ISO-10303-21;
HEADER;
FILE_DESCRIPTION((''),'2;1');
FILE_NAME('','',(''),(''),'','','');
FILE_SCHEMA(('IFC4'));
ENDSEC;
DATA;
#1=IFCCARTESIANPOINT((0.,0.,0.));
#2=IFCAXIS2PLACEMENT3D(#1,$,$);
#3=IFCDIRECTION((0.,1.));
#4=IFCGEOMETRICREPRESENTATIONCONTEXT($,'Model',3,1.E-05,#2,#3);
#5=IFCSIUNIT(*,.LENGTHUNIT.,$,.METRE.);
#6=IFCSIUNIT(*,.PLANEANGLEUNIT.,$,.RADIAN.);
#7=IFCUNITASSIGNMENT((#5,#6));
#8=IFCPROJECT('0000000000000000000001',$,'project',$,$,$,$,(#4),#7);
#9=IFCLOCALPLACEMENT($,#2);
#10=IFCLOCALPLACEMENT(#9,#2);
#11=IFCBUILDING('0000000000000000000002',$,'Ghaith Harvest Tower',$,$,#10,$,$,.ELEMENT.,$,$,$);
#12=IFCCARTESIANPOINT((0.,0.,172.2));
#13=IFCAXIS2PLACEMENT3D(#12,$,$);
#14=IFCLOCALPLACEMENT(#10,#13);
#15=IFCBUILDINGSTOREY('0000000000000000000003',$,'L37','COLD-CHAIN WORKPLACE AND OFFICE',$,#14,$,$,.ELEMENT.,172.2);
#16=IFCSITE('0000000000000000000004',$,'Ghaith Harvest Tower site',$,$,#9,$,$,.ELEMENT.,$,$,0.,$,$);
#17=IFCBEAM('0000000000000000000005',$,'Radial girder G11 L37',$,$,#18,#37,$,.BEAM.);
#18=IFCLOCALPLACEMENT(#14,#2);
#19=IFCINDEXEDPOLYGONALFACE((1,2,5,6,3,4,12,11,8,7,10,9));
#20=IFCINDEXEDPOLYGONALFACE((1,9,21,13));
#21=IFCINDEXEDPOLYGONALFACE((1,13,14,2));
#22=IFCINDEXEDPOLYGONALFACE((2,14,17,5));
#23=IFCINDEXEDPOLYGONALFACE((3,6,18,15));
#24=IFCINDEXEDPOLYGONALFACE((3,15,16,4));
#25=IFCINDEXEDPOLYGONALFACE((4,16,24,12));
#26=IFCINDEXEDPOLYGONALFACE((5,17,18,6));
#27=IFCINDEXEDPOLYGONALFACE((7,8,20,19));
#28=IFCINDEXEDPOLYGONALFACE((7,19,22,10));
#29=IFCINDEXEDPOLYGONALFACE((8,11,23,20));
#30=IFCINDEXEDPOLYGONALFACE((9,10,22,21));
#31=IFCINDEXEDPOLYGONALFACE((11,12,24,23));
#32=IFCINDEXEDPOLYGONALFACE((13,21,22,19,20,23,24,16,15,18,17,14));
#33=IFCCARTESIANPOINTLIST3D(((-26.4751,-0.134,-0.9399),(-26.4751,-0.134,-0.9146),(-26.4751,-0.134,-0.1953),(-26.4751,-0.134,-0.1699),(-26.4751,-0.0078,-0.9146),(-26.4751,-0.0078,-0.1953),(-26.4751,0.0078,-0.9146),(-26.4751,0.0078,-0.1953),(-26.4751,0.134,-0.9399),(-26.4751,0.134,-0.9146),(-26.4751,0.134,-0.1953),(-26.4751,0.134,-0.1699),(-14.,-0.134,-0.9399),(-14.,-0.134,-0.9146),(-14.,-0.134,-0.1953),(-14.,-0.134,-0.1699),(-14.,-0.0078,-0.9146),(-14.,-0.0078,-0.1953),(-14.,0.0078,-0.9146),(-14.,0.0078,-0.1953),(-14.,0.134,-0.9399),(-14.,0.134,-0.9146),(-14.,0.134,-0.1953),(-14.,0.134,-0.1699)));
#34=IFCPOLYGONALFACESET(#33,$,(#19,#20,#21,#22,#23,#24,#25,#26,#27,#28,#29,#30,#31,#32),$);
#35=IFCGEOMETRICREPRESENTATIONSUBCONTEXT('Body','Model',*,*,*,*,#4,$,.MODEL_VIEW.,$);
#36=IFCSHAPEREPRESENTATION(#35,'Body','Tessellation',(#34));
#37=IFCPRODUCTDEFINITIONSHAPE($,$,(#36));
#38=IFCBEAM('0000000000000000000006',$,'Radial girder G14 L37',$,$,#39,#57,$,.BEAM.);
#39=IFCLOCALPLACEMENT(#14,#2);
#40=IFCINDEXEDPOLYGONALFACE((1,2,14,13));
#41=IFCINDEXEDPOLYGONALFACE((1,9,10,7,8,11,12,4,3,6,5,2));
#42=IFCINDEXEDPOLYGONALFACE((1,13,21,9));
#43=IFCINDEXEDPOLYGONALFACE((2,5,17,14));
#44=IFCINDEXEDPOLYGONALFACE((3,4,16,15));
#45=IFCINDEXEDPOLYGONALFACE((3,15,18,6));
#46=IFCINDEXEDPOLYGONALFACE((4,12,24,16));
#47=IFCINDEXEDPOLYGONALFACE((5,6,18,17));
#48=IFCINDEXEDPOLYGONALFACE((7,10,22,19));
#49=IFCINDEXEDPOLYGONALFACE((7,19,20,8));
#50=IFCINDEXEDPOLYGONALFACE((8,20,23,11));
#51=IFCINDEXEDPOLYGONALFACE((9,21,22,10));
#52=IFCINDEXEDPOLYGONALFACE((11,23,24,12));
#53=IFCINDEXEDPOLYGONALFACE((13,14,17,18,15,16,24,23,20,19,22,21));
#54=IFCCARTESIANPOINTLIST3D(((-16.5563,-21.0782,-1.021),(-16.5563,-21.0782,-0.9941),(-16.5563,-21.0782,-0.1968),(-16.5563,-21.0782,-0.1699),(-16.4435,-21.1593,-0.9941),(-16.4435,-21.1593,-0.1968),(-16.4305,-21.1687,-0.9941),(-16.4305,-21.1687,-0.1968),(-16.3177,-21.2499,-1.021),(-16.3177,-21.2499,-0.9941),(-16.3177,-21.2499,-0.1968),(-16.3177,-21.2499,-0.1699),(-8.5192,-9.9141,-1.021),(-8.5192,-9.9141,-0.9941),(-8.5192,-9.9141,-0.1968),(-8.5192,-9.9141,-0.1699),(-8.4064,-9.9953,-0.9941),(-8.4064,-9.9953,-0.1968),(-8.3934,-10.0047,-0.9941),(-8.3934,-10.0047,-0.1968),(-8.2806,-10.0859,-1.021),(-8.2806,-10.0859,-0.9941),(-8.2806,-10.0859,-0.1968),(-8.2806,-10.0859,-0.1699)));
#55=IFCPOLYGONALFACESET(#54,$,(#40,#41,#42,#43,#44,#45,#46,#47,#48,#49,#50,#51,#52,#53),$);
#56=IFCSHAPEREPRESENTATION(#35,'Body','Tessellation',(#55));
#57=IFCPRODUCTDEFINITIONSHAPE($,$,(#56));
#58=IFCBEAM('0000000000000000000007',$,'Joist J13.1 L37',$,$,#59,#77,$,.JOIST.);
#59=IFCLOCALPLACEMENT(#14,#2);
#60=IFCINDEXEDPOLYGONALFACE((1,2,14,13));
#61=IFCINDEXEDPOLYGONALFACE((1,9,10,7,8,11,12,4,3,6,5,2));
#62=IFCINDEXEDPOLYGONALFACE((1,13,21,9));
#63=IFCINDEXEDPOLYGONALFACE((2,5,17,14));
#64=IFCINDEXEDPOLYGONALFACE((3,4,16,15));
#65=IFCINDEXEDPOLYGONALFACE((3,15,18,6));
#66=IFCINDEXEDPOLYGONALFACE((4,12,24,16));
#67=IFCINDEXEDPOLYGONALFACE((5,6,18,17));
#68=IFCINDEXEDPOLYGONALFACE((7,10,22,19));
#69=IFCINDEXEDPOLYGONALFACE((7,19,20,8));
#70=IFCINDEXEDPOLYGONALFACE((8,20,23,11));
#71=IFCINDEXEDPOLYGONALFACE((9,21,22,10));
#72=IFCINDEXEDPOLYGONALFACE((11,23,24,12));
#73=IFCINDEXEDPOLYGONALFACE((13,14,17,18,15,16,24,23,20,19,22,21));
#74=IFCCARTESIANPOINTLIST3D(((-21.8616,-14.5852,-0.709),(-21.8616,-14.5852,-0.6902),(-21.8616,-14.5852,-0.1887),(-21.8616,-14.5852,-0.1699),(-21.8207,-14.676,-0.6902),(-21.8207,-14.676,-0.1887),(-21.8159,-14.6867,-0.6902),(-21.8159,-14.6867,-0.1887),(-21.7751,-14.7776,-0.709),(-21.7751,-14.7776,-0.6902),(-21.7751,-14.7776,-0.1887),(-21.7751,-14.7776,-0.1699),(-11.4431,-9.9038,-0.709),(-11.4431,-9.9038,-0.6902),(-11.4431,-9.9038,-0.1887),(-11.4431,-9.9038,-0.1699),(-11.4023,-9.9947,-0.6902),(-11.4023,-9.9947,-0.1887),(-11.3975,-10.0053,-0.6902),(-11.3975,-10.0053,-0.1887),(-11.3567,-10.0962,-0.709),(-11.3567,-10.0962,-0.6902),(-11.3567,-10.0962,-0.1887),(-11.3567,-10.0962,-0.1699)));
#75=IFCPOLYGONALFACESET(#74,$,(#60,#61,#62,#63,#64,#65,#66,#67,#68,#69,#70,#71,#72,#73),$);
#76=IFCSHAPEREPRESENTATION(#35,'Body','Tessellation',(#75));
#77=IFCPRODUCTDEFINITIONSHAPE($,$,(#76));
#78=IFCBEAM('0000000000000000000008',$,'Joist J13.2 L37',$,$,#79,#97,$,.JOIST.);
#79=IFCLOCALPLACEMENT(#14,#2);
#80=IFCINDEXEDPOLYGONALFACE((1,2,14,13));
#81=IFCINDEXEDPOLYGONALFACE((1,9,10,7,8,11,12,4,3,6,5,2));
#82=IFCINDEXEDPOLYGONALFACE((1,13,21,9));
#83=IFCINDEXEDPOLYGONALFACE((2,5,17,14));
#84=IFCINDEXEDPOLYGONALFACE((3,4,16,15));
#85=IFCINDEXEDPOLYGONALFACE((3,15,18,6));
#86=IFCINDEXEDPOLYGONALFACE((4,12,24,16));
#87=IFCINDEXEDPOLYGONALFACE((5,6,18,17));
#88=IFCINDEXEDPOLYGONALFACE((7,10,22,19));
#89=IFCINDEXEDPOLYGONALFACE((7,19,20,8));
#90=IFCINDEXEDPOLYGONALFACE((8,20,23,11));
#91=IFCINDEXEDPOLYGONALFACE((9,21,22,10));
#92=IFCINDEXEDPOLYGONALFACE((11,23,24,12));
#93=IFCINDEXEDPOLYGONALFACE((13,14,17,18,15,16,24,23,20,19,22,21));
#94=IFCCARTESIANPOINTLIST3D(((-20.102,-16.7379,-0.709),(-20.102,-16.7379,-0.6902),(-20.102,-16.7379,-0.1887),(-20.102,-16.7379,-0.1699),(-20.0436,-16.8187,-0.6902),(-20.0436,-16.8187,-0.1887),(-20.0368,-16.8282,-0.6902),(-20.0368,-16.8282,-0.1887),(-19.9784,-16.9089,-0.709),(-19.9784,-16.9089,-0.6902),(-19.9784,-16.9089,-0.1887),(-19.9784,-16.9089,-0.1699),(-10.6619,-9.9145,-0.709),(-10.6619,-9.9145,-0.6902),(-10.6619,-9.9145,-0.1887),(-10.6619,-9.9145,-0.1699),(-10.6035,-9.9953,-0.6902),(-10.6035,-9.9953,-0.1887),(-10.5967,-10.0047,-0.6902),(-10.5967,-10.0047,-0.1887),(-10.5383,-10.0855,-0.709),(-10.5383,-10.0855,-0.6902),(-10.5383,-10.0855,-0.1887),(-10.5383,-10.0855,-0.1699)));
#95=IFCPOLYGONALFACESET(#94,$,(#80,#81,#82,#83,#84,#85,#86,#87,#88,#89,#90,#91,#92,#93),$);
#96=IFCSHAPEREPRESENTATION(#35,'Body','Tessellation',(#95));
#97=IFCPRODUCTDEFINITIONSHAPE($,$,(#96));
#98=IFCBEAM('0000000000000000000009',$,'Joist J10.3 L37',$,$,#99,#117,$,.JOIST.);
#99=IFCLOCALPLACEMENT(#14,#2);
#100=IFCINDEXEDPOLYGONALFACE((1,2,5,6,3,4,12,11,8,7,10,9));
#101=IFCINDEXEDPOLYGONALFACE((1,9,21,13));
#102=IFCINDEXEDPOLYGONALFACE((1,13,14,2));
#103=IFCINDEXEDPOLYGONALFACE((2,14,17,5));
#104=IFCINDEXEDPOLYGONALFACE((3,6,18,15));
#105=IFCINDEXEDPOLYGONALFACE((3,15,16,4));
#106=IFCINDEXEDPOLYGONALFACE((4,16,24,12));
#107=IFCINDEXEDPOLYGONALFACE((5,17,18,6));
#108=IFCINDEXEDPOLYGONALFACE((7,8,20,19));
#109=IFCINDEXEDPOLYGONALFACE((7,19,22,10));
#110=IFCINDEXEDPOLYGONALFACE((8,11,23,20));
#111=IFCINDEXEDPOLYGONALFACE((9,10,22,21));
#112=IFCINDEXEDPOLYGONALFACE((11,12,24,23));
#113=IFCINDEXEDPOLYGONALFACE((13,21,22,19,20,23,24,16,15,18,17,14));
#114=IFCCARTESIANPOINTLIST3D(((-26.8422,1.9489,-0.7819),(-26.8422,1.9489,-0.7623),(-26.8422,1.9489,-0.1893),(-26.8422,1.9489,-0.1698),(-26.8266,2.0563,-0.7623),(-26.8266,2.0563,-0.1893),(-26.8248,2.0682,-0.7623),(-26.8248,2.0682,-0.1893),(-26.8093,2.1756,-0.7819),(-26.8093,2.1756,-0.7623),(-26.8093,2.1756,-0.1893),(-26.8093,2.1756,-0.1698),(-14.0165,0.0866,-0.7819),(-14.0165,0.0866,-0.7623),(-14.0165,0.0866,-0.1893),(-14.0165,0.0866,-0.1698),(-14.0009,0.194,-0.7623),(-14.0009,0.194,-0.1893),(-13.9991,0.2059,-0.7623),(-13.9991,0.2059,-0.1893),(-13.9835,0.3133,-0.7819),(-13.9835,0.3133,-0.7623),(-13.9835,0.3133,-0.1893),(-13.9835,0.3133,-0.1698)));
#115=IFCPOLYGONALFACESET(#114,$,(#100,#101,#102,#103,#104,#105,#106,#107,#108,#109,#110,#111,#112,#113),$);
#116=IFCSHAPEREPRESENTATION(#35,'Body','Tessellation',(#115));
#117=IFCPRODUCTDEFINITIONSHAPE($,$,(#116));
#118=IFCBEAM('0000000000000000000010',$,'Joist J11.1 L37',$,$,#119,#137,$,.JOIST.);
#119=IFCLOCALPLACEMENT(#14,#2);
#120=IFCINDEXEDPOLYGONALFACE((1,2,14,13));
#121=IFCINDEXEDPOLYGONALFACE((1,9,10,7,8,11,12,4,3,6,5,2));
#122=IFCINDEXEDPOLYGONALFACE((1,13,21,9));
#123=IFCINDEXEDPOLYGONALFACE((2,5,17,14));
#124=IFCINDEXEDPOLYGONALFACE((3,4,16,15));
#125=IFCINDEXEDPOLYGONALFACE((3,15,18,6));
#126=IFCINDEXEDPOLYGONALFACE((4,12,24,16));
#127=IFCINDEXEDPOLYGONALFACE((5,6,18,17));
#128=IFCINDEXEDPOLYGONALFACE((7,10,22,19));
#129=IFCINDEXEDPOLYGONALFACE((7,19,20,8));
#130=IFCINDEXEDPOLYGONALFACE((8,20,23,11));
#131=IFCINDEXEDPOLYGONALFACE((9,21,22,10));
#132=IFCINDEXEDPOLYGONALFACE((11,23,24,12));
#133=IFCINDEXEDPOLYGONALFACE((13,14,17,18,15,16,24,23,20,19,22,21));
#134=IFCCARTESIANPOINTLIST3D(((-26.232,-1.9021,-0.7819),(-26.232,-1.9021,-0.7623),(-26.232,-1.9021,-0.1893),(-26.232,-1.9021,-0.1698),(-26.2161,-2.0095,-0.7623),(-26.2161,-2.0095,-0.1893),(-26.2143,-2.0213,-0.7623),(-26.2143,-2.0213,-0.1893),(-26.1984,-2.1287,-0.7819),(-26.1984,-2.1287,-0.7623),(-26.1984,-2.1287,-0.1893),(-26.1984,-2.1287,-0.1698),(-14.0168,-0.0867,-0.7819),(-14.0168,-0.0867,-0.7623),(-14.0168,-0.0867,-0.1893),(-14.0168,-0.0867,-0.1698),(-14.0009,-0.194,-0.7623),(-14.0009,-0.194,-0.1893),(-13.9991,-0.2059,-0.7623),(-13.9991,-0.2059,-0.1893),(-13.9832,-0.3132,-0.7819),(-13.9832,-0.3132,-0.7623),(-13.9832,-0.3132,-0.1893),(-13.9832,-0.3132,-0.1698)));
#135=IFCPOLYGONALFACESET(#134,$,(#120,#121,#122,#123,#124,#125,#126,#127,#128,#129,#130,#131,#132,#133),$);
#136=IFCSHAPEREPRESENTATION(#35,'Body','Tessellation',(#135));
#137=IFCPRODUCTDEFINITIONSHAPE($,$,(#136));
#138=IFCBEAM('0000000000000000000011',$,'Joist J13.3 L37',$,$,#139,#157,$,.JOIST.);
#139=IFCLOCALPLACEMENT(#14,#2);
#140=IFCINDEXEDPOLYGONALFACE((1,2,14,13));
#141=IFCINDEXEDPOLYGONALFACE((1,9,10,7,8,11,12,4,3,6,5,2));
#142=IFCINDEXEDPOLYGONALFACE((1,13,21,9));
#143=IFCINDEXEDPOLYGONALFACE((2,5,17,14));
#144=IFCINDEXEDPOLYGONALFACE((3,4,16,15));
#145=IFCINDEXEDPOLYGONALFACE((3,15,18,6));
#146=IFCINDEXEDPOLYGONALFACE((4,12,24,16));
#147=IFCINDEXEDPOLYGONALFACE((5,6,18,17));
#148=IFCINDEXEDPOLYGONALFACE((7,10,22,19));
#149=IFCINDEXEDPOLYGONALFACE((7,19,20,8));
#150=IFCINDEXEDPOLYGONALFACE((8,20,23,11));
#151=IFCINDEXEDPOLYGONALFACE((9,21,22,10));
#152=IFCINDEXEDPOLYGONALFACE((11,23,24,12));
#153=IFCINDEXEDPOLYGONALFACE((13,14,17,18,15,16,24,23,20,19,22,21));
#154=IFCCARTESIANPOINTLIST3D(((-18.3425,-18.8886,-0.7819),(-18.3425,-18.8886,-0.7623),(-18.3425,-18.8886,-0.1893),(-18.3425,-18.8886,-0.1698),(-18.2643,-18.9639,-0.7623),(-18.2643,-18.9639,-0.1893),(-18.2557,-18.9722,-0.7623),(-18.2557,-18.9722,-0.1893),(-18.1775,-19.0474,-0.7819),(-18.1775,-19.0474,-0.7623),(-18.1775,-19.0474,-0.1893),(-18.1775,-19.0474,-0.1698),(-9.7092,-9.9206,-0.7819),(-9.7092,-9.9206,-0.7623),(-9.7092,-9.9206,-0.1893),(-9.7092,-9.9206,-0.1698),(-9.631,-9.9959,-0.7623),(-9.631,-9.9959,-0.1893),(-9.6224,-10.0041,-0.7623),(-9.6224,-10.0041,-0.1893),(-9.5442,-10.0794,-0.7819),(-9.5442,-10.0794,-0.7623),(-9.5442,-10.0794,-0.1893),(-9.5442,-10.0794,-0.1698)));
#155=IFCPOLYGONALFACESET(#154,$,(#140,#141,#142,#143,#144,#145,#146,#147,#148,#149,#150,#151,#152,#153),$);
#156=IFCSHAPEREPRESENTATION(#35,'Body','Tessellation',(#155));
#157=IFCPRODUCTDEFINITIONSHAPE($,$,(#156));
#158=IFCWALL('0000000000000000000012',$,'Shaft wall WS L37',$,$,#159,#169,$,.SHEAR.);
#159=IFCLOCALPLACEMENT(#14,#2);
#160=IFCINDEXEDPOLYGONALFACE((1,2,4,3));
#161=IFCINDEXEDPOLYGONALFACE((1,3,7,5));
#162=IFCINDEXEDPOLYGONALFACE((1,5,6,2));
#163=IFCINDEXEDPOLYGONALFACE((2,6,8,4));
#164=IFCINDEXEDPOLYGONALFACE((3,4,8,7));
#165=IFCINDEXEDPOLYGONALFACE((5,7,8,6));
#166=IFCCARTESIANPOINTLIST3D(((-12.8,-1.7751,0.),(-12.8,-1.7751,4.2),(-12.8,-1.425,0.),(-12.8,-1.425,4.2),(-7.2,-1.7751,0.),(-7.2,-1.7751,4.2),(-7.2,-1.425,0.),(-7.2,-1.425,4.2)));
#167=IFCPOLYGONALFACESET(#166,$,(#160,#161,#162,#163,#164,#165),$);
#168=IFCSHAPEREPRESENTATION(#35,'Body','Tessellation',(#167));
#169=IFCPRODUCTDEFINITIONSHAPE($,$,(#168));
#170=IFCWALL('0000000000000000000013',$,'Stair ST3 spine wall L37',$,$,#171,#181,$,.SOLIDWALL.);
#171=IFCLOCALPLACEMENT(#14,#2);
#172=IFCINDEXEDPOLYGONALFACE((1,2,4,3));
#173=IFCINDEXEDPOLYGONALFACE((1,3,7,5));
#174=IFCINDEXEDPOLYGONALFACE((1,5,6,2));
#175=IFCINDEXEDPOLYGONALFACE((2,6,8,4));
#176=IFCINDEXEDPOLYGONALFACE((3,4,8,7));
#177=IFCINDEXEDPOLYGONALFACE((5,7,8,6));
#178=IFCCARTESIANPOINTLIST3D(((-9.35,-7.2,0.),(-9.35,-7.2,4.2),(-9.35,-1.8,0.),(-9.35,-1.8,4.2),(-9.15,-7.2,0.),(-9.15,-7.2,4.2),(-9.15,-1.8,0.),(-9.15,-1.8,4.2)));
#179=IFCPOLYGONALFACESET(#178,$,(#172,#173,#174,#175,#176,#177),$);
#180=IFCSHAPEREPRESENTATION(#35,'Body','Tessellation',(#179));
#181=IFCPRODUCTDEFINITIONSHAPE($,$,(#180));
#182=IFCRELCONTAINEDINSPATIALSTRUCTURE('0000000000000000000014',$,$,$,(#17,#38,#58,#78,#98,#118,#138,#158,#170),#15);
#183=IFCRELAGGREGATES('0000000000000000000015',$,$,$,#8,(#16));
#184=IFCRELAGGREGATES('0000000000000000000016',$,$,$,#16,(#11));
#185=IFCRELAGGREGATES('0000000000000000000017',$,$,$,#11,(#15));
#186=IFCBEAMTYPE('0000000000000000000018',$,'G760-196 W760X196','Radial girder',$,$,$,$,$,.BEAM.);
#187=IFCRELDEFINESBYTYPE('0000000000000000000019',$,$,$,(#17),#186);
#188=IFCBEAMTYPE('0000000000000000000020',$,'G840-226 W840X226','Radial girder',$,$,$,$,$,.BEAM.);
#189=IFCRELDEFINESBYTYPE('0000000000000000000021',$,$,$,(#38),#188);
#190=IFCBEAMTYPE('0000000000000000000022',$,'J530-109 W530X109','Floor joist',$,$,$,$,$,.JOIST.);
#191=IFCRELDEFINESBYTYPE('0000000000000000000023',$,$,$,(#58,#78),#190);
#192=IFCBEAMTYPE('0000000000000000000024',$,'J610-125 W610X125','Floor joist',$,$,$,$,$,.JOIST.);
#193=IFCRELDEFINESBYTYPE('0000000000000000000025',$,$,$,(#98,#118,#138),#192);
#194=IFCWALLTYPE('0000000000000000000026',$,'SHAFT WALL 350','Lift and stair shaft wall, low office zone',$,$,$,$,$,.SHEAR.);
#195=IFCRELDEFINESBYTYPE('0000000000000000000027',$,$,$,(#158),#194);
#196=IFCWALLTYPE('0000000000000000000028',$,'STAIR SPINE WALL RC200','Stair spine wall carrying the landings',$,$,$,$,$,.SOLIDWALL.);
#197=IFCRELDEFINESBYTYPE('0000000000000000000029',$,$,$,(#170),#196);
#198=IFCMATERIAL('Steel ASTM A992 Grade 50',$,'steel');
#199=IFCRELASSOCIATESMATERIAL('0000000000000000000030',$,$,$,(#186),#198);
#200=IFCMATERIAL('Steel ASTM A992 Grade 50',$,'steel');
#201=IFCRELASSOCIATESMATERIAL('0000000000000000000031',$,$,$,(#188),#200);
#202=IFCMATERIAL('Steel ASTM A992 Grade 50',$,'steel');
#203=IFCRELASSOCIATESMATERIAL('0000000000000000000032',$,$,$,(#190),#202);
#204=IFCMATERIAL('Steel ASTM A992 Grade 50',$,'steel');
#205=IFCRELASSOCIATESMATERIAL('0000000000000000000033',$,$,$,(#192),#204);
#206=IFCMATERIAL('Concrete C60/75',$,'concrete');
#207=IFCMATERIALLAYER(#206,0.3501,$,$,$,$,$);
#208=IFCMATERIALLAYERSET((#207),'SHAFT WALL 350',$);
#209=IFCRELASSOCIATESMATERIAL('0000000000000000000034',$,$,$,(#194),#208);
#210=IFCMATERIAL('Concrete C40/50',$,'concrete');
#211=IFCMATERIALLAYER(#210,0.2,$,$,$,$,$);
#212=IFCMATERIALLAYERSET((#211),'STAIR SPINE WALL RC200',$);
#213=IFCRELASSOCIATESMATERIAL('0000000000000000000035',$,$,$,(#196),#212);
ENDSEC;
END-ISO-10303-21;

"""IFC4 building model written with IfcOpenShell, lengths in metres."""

from ifc_helpers import new_model, si_unit, direction, frame, frame_2d, origin, origin_2d, place, context, subcontext, project, spatial, rectangle, i_section, extrude, material, layer, layer_set, material_profile, profile_set, type_object, element, save


model = new_model("IFC4")

# Units and contexts
model_context = context("Model", 3, precision=1e-05, world=origin(), true_north=direction((0.0, 1.0)))
body_context = subcontext(model_context, "Body", "Model", "MODEL_VIEW")
ifc_project = project(units=[si_unit("LENGTHUNIT", "METRE"), si_unit("PLANEANGLEUNIT", "RADIAN")], contexts=[model_context])

# Site, building, storey
site_placement = place(None, origin())
site = spatial("IfcSite", under=ifc_project, at=site_placement, Name="Ghaith Harvest Tower site", CompositionType="ELEMENT", RefElevation=0.0)
building_placement = place(site_placement, origin())
building = spatial("IfcBuilding", under=site, at=building_placement, Name="Ghaith Harvest Tower", CompositionType="ELEMENT")
storey_placement = place(building_placement, frame((0.0, 0.0, 172.2)))
storey = spatial("IfcBuildingStorey", under=building, at=storey_placement, Name="L37", Description="COLD-CHAIN WORKPLACE AND OFFICE", CompositionType="ELEMENT", Elevation=172.2)

# Beams
ifc_material_1 = material(Name="Steel ASTM A992 Grade 50", Category="steel")
ifc_material_profile_1 = material_profile(ifc_material_1, i_section(OverallWidth=0.2681, OverallDepth=0.77, WebThickness=0.0156, FlangeThickness=0.0254, at=origin_2d()), Name="W760X196")
ifc_profile_set_1 = profile_set([ifc_material_profile_1], Name="Steel ASTM A992 Grade 50")
beam_type_1 = type_object("IfcBeamType", Name="G760-196 W760X196", Description="Radial girder", PredefinedType="BEAM", material=ifc_profile_set_1)
beam_1_placement = place(storey_placement, frame((-14.0, 0.0, -0.5549), z_axis=(-1.0, 0.0, 0.0), x_axis=(0.0, -1.0, 0.0)))
element("IfcBeam", 1, at=beam_1_placement, inside=storey, type_object=beam_type_1, Name="Radial girder G11 L37", PredefinedType="BEAM", context=body_context, shape_type="SweptSolid", body=[
    extrude(i_section(OverallWidth=0.2681, OverallDepth=0.77, WebThickness=0.0156, FlangeThickness=0.0254, at=origin_2d()), origin(), (0.0, 0.0, 1.0), 12.4751),
])
ifc_material_2 = material(Name="Steel ASTM A992 Grade 50", Category="steel")
ifc_material_profile_2 = material_profile(ifc_material_2, i_section(OverallWidth=0.2939, OverallDepth=0.8511, WebThickness=0.0161, FlangeThickness=0.0269, at=origin_2d()), Name="W840X226")
ifc_profile_set_2 = profile_set([ifc_material_profile_2], Name="Steel ASTM A992 Grade 50")
beam_type_2 = type_object("IfcBeamType", Name="G840-226 W840X226", Description="Radial girder", PredefinedType="BEAM", material=ifc_profile_set_2)
beam_2_placement = place(storey_placement, frame((-8.3999, -10.0, -0.5955), z_axis=(-0.584256, -0.811569, 0.0), x_axis=(0.811569, -0.584256, 0.0)))
element("IfcBeam", 2, at=beam_2_placement, inside=storey, type_object=beam_type_2, Name="Radial girder G14 L37", PredefinedType="BEAM", context=body_context, shape_type="SweptSolid", body=[
    extrude(i_section(OverallWidth=0.2939, OverallDepth=0.8511, WebThickness=0.0161, FlangeThickness=0.0269, at=origin_2d()), origin(), (0.0, 0.0, 1.0), 13.7561),
])
ifc_material_3 = material(Name="Steel ASTM A992 Grade 50", Category="steel")
ifc_material_profile_3 = material_profile(ifc_material_3, i_section(OverallWidth=0.2109, OverallDepth=0.5391, WebThickness=0.0117, FlangeThickness=0.0188, at=origin_2d()), Name="W530X109")
ifc_profile_set_3 = profile_set([ifc_material_profile_3], Name="Steel ASTM A992 Grade 50")
beam_type_3 = type_object("IfcBeamType", Name="J530-109 W530X109", Description="Floor joist", PredefinedType="JOIST", material=ifc_profile_set_3)
beam_3_placement = place(storey_placement, frame((-11.3999, -10.0, -0.4395), z_axis=(-0.912148, -0.409862, 0.0), x_axis=(0.409862, -0.912148, 0.0)))
element("IfcBeam", 3, at=beam_3_placement, inside=storey, type_object=beam_type_3, Name="Joist J13.1 L37", PredefinedType="JOIST", context=body_context, shape_type="SweptSolid", body=[
    extrude(i_section(OverallWidth=0.2109, OverallDepth=0.5391, WebThickness=0.0117, FlangeThickness=0.0188, at=origin_2d()), origin(), (0.0, 0.0, 1.0), 11.4219),
])
beam_4_placement = place(storey_placement, frame((-10.6001, -10.0, -0.4395), z_axis=(-0.810452, -0.585805, 0.0), x_axis=(0.585805, -0.810452, 0.0)))
element("IfcBeam", 4, at=beam_4_placement, inside=storey, type_object=beam_type_3, Name="Joist J13.2 L37", PredefinedType="JOIST", context=body_context, shape_type="SweptSolid", body=[
    extrude(i_section(OverallWidth=0.2109, OverallDepth=0.5391, WebThickness=0.0117, FlangeThickness=0.0188, at=origin_2d()), origin(), (0.0, 0.0, 1.0), 11.6479),
])
ifc_material_4 = material(Name="Steel ASTM A992 Grade 50", Category="steel")
ifc_material_profile_4 = material_profile(ifc_material_4, i_section(OverallWidth=0.229, OverallDepth=0.6121, WebThickness=0.012, FlangeThickness=0.0195, at=origin_2d()), Name="W610X125")
ifc_profile_set_4 = profile_set([ifc_material_profile_4], Name="Steel ASTM A992 Grade 50")
beam_type_4 = type_object("IfcBeamType", Name="J610-125 W610X125", Description="Floor joist", PredefinedType="JOIST", material=ifc_profile_set_4)
beam_5_placement = place(storey_placement, frame((-14.0, 0.2, -0.4758), z_axis=(-0.989622, 0.143694, 0.0), x_axis=(-0.143694, -0.989622, 0.0)))
element("IfcBeam", 5, at=beam_5_placement, inside=storey, type_object=beam_type_4, Name="Joist J10.3 L37", PredefinedType="JOIST", context=body_context, shape_type="SweptSolid", body=[
    extrude(i_section(OverallWidth=0.229, OverallDepth=0.6121, WebThickness=0.012, FlangeThickness=0.0195, at=origin_2d()), origin(), (0.0, 0.0, 1.0), 12.9602),
])
beam_6_placement = place(storey_placement, frame((-14.0, -0.2, -0.4758), z_axis=(-0.989135, -0.147007, 0.0), x_axis=(0.147007, -0.989135, 0.0)))
element("IfcBeam", 6, at=beam_6_placement, inside=storey, type_object=beam_type_4, Name="Joist J11.1 L37", PredefinedType="JOIST", context=body_context, shape_type="SweptSolid", body=[
    extrude(i_section(OverallWidth=0.229, OverallDepth=0.6121, WebThickness=0.012, FlangeThickness=0.0195, at=origin_2d()), origin(), (0.0, 0.0, 1.0), 12.3494),
])
beam_7_placement = place(storey_placement, frame((-9.6267, -10.0, -0.4758), z_axis=(-0.693535, -0.720423, 0.0), x_axis=(0.720423, -0.693535, 0.0)))
element("IfcBeam", 7, at=beam_7_placement, inside=storey, type_object=beam_type_4, Name="Joist J13.3 L37", PredefinedType="JOIST", context=body_context, shape_type="SweptSolid", body=[
    extrude(i_section(OverallWidth=0.229, OverallDepth=0.6121, WebThickness=0.012, FlangeThickness=0.0195, at=origin_2d()), origin(), (0.0, 0.0, 1.0), 12.4482),
])

# Walls
ifc_material_5 = material(Name="Concrete C60/75", Category="concrete")
ifc_layer_1 = layer(ifc_material_5, 0.3501)
ifc_layer_set_1 = layer_set([ifc_layer_1], Name="SHAFT WALL 350")
wall_type_1 = type_object("IfcWallType", Name="SHAFT WALL 350", Description="Lift and stair shaft wall, low office zone", PredefinedType="SHEAR", material=ifc_layer_set_1)
wall_1_placement = place(storey_placement, frame((-12.8, -1.6001, 0.0), z_axis=(0.0, 0.0, 1.0), x_axis=(1.0, 0.0, 0.0)))
element("IfcWall", 8, at=wall_1_placement, inside=storey, type_object=wall_type_1, Name="Shaft wall WS L37", PredefinedType="SHEAR", context=body_context, shape_type="SweptSolid", body=[
    extrude(rectangle(XDim=5.6001, YDim=0.3501, at=frame_2d((2.8, 0.0))), origin(), (0.0, 0.0, 1.0), 4.2),
])
ifc_material_6 = material(Name="Concrete C40/50", Category="concrete")
ifc_layer_2 = layer(ifc_material_6, 0.2)
ifc_layer_set_2 = layer_set([ifc_layer_2], Name="STAIR SPINE WALL RC200")
wall_type_2 = type_object("IfcWallType", Name="STAIR SPINE WALL RC200", Description="Stair spine wall carrying the landings", PredefinedType="SOLIDWALL", material=ifc_layer_set_2)
wall_2_placement = place(storey_placement, frame((-9.25, -7.2, 0.0), z_axis=(0.0, 0.0, 1.0), x_axis=(0.0, 1.0, 0.0)))
element("IfcWall", 9, at=wall_2_placement, inside=storey, type_object=wall_type_2, Name="Stair ST3 spine wall L37", PredefinedType="SOLIDWALL", context=body_context, shape_type="SweptSolid", body=[
    extrude(rectangle(XDim=5.3999, YDim=0.2, at=frame_2d((2.7, 0.0))), origin(), (0.0, 0.0, 1.0), 4.2),
])

save(model, "model.ifc")
